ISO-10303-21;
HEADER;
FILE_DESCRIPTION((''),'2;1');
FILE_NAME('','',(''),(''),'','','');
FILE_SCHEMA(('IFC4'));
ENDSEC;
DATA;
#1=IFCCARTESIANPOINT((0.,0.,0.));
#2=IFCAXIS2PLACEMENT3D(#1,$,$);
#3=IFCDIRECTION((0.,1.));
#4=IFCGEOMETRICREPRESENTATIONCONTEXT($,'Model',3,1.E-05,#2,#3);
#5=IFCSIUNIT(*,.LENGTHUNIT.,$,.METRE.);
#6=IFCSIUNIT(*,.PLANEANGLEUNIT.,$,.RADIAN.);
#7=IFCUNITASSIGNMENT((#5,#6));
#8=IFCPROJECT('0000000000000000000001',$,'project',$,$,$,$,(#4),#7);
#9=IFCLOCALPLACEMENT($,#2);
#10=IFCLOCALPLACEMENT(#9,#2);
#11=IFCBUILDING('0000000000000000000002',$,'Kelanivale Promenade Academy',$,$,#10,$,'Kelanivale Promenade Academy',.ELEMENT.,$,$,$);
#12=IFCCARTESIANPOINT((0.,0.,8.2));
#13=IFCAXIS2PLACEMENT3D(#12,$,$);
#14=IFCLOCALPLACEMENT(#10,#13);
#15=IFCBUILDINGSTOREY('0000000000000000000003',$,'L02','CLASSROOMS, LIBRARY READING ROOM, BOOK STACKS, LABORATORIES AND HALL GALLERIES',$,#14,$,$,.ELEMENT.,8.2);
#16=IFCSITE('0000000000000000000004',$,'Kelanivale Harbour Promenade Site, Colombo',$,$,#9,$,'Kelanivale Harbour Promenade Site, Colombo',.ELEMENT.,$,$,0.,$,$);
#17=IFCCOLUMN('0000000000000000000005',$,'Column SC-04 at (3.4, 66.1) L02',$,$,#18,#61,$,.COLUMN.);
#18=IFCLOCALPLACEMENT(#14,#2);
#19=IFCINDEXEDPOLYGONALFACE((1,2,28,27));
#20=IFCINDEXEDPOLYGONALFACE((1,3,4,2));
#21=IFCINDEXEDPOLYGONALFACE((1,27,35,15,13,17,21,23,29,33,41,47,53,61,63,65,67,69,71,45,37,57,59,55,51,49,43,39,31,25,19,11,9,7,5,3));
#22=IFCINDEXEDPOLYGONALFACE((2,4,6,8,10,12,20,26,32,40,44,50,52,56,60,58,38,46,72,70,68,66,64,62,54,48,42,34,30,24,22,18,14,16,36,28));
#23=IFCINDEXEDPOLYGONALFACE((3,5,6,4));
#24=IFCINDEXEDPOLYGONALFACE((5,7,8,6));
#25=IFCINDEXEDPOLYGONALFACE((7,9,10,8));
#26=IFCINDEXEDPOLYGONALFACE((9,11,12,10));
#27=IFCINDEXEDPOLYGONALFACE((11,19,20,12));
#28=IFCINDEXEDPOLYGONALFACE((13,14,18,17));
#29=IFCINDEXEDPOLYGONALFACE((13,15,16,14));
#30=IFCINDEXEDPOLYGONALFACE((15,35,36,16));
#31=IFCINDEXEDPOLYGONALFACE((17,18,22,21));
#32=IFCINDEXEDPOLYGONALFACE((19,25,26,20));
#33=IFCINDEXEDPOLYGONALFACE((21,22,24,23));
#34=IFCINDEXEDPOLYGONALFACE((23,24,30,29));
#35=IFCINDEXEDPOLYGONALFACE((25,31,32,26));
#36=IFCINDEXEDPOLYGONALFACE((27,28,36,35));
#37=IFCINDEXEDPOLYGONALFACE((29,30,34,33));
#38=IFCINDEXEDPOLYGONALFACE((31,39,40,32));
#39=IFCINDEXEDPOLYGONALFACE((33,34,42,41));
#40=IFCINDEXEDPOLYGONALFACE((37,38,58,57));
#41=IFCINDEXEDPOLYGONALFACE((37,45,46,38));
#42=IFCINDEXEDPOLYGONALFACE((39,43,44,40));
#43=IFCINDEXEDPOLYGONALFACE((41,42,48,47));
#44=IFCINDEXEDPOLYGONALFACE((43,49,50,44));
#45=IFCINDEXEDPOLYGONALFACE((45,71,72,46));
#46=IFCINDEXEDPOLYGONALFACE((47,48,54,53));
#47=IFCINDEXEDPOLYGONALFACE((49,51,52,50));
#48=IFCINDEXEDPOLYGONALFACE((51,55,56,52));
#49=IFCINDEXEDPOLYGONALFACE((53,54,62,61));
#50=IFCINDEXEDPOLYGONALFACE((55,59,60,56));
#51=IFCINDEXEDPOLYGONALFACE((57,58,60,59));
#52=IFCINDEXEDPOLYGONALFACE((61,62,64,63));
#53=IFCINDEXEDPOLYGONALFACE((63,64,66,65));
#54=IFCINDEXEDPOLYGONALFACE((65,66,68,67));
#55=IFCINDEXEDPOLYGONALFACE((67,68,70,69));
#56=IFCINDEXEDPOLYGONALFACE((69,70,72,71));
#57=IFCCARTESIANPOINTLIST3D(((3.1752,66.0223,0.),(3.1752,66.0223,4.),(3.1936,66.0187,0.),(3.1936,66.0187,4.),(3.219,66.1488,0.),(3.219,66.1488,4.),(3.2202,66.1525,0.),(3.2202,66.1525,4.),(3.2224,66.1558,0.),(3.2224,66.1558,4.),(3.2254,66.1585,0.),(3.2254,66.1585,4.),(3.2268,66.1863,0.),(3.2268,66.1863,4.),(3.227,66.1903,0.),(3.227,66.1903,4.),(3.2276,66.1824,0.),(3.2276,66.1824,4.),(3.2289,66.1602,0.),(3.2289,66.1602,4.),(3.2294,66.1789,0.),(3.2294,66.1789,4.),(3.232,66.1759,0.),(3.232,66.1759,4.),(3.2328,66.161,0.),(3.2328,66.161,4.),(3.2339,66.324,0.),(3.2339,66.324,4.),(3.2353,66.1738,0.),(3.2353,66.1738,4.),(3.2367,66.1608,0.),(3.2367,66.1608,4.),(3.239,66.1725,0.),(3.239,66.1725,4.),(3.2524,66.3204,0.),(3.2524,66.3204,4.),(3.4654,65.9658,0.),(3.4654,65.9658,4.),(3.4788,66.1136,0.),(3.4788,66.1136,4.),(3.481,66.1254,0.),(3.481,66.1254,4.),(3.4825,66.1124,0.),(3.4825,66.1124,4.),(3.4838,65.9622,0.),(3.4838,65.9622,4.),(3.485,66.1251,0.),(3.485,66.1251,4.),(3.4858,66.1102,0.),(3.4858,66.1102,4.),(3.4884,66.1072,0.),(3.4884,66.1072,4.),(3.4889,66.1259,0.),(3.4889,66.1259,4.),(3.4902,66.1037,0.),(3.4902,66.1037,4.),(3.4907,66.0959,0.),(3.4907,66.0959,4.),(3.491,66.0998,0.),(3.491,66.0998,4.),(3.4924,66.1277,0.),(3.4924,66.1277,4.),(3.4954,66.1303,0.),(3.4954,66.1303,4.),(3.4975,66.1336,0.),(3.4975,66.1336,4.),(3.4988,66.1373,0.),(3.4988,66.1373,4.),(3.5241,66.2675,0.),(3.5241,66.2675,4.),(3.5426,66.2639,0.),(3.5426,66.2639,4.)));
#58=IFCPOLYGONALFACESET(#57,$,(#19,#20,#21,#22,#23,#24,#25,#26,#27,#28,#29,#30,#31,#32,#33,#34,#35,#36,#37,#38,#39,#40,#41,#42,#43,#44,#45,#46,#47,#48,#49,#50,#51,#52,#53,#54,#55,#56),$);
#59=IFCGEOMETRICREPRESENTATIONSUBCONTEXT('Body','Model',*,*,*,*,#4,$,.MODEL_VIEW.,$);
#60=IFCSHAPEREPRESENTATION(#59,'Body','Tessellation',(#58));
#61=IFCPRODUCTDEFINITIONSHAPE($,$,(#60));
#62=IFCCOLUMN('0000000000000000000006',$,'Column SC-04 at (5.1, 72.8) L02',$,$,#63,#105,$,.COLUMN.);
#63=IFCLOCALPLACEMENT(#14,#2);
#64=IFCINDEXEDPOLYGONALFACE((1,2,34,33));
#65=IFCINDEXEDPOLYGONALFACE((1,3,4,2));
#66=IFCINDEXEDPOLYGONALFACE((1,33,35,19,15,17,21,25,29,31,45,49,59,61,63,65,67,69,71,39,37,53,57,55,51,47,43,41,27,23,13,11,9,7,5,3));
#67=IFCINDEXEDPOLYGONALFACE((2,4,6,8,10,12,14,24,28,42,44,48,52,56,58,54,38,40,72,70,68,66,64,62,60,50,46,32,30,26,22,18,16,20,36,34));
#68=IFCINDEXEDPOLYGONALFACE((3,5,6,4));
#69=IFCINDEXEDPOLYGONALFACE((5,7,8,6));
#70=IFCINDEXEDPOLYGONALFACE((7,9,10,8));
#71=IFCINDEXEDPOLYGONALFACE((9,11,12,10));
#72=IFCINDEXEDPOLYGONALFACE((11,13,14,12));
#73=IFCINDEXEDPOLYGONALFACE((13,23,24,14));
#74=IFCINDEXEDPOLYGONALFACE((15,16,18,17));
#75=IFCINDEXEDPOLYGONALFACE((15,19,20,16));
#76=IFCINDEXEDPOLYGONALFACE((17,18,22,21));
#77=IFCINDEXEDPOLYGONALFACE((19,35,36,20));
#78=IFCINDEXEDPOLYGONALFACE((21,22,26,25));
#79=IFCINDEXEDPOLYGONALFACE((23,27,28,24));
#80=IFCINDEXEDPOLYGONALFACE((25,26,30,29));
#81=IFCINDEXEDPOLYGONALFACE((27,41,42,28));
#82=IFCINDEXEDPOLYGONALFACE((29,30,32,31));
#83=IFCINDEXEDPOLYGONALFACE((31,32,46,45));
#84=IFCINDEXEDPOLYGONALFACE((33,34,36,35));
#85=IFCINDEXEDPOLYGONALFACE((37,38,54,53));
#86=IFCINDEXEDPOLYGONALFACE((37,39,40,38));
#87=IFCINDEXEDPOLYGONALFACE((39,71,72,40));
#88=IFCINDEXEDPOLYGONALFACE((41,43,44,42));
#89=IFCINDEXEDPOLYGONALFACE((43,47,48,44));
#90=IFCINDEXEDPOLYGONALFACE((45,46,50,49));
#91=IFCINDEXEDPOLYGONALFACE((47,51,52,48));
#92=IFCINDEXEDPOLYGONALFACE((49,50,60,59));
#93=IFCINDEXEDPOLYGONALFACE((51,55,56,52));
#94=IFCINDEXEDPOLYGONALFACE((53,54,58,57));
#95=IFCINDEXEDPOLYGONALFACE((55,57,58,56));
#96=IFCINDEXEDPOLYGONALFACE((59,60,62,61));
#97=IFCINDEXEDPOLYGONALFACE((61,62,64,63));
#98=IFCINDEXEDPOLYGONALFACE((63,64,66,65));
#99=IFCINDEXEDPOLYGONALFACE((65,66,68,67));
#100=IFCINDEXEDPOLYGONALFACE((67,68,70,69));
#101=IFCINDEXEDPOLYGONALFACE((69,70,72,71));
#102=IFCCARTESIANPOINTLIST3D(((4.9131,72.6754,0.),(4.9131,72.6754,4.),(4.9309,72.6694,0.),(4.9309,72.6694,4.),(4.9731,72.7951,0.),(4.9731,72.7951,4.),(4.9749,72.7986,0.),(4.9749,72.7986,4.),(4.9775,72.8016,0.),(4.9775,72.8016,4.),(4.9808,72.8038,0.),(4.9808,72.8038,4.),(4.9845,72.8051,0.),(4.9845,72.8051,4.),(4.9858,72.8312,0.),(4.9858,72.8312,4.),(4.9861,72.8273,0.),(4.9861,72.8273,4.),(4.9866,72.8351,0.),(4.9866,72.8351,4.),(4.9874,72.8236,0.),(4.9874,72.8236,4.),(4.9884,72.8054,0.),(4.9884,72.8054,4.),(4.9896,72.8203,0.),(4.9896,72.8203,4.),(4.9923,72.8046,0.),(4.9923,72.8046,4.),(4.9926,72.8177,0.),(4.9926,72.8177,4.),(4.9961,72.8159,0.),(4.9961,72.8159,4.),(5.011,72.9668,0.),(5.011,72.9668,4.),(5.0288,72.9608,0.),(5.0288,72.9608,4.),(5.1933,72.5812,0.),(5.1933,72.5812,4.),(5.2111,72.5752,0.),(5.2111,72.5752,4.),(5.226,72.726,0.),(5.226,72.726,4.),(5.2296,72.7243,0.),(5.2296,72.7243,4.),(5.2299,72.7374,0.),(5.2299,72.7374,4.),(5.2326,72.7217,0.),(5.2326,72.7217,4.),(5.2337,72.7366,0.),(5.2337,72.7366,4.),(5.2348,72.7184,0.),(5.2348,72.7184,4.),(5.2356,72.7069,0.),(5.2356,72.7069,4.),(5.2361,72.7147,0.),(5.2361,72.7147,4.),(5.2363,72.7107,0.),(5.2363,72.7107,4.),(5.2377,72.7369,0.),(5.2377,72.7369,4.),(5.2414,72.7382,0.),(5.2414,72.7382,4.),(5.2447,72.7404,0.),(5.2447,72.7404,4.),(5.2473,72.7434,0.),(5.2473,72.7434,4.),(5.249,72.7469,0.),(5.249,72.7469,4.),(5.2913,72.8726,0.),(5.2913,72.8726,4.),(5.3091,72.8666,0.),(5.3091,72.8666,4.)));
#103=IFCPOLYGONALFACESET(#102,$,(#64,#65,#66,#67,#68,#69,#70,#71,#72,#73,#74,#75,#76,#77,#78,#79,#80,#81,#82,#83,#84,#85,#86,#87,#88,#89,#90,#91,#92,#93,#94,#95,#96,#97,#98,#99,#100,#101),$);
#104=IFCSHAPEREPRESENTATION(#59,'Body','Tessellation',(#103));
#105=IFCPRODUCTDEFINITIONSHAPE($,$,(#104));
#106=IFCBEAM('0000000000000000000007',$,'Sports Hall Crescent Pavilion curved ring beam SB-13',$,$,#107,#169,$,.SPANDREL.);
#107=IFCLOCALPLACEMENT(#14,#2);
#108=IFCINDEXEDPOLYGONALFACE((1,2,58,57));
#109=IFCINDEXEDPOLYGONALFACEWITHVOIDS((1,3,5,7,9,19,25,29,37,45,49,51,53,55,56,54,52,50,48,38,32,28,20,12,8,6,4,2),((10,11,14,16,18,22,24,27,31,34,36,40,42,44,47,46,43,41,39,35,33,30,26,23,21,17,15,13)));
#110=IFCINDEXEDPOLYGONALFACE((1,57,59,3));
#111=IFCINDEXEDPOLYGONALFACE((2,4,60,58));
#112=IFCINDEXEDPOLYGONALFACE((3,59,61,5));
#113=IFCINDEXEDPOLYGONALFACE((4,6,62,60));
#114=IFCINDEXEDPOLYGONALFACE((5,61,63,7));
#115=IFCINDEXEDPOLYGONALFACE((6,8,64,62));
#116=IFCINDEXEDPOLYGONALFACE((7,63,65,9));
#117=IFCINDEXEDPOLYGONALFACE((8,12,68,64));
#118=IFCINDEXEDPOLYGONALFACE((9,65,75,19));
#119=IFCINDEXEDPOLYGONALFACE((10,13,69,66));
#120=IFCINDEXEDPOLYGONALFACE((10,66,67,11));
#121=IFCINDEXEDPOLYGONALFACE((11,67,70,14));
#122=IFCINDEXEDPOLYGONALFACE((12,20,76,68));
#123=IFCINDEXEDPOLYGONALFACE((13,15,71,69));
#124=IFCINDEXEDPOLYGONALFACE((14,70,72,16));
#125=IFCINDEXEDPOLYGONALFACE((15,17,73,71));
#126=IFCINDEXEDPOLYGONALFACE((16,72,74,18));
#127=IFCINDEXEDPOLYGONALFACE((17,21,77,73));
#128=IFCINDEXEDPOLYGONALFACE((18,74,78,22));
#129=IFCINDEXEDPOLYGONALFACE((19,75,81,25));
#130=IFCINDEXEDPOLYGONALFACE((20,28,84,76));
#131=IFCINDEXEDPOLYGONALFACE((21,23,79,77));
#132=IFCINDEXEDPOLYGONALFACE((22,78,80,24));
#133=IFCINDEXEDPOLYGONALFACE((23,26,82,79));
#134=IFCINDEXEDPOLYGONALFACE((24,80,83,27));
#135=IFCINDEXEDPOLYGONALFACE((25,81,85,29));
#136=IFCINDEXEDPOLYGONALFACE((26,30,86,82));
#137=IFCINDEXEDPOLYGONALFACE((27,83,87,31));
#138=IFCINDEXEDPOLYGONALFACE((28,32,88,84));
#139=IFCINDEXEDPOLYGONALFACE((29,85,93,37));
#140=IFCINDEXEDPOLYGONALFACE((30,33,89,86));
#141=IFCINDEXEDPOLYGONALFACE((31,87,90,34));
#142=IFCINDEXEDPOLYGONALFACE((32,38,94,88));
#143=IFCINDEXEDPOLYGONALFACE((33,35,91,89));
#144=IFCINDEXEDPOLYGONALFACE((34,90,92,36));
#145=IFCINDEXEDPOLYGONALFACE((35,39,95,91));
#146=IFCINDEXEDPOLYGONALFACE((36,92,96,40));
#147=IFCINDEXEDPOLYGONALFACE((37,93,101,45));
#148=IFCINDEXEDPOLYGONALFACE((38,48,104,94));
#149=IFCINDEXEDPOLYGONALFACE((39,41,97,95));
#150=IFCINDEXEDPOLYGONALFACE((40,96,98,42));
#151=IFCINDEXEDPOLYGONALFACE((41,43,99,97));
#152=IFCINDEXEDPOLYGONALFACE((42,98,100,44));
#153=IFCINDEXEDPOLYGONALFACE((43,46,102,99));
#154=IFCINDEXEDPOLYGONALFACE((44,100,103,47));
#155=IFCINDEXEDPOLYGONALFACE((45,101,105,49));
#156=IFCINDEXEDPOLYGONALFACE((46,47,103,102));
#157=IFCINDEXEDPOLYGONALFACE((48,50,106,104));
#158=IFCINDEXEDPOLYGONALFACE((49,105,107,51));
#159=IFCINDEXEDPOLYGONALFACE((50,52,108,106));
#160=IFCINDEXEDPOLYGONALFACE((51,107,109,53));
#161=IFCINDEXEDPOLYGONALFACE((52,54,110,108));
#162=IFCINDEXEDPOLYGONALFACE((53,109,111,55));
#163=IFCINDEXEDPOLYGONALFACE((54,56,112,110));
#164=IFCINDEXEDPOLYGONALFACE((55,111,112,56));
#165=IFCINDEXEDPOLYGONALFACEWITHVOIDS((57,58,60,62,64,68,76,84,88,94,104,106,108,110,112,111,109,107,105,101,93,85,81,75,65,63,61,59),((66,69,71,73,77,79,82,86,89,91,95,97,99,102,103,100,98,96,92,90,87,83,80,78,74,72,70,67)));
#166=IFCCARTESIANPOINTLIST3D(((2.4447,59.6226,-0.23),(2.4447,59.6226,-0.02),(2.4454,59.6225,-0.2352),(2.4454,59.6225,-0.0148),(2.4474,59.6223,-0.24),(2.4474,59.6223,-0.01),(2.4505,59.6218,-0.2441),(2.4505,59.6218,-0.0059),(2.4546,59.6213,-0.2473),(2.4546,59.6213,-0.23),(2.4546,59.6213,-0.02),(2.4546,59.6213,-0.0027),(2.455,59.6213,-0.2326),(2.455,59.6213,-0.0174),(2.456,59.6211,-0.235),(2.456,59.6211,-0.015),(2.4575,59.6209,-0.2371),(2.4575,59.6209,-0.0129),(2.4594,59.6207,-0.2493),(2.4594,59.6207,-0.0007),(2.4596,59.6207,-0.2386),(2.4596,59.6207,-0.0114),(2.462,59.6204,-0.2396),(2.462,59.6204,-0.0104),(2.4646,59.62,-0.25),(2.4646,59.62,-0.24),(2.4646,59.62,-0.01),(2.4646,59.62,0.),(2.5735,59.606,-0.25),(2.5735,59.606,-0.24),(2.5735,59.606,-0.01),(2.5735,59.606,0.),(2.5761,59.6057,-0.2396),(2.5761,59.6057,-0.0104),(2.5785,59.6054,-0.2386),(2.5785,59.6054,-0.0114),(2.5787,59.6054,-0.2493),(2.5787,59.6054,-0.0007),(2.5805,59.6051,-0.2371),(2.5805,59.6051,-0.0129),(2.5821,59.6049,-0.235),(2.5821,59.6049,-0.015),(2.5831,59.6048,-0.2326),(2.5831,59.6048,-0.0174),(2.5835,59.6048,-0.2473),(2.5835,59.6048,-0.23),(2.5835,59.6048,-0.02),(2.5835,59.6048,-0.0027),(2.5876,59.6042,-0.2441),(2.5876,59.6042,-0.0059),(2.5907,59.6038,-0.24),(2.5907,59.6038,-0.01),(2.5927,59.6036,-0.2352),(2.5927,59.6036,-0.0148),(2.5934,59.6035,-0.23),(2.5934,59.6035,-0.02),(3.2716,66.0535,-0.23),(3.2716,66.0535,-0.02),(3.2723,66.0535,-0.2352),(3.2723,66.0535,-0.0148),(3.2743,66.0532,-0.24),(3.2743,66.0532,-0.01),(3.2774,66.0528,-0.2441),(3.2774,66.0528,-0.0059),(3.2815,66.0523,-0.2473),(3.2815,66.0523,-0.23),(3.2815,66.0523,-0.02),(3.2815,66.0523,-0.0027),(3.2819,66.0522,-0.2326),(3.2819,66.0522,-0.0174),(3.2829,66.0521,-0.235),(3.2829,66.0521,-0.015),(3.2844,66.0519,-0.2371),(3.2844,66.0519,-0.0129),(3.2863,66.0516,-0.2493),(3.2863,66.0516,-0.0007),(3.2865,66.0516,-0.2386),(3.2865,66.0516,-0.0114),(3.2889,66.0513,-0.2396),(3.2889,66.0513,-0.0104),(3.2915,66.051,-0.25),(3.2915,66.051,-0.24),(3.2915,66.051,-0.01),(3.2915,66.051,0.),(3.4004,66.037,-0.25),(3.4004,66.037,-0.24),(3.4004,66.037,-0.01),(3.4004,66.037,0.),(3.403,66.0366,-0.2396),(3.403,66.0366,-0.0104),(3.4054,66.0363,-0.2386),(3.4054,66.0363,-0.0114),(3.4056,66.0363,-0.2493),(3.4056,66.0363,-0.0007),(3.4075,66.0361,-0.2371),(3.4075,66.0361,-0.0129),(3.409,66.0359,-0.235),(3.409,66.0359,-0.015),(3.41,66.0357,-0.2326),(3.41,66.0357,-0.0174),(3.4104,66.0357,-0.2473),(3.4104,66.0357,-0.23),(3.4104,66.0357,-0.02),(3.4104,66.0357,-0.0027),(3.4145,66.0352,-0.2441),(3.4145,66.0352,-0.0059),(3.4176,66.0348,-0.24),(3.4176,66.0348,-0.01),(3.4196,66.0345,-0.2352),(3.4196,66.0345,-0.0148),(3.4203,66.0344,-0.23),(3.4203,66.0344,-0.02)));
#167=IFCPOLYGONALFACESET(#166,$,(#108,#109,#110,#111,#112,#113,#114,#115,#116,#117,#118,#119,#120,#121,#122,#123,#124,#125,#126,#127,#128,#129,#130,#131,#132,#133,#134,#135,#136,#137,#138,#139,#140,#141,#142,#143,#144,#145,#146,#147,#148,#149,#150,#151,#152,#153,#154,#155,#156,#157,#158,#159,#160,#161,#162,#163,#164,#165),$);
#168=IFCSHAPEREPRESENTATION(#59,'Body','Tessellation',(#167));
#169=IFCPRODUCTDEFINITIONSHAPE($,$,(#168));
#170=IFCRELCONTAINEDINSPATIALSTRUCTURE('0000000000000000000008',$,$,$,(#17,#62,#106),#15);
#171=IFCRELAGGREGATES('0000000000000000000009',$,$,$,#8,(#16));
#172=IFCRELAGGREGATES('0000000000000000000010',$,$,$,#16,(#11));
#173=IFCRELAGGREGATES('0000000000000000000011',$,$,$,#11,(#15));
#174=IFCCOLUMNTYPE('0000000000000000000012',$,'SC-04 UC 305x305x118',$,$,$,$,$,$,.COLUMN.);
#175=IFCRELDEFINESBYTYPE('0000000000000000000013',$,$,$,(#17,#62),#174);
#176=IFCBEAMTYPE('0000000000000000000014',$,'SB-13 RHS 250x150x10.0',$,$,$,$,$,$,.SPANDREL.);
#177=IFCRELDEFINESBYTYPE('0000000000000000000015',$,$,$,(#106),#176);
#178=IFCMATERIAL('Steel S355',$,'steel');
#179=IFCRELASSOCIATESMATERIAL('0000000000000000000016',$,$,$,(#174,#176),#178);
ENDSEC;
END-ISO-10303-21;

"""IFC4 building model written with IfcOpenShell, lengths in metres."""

from ifc_helpers import new_model, si_unit, direction, frame, origin, origin_2d, place, context, subcontext, project, spatial, hollow_rectangle, i_section, extrude, material, material_profile, profile_set, type_object, element, save


model = new_model("IFC4")

# Units and contexts
model_context = context("Model", 3, precision=1e-05, world=origin(), true_north=direction((0.0, 1.0)))
body_context = subcontext(model_context, "Body", "Model", "MODEL_VIEW")
ifc_project = project(units=[si_unit("LENGTHUNIT", "METRE"), si_unit("PLANEANGLEUNIT", "RADIAN")], contexts=[model_context])

# Site, building, storey
site_placement = place(None, origin())
site = spatial("IfcSite", under=ifc_project, at=site_placement, Name="Kelanivale Harbour Promenade Site, Colombo", LongName="Kelanivale Harbour Promenade Site, Colombo", CompositionType="ELEMENT", RefElevation=0.0)
building_placement = place(site_placement, origin())
building = spatial("IfcBuilding", under=site, at=building_placement, Name="Kelanivale Promenade Academy", LongName="Kelanivale Promenade Academy", CompositionType="ELEMENT")
storey_placement = place(building_placement, frame((0.0, 0.0, 8.2)))
storey = spatial("IfcBuildingStorey", under=building, at=storey_placement, Name="L02", Description="CLASSROOMS, LIBRARY READING ROOM, BOOK STACKS, LABORATORIES AND HALL GALLERIES", CompositionType="ELEMENT", Elevation=8.2)

# Columns
ifc_material_1 = material(Name="Steel S355", Category="steel")
ifc_material_profile_1 = material_profile(ifc_material_1, i_section(OverallWidth=0.3074, OverallDepth=0.3145, WebThickness=0.012, FlangeThickness=0.0188, FilletRadius=0.0151, at=origin_2d()), Name="UC 305x305x118")
ifc_profile_set_1 = profile_set([ifc_material_profile_1], Name="Steel S355")
column_type_1 = type_object("IfcColumnType", Name="SC-04 UC 305x305x118", PredefinedType="COLUMN", material=ifc_profile_set_1)
for number, where, z_axis, x_axis, name in (
    (1, (3.3589, 66.1431, 0.0), (0.0, 0.0, 1.0), (0.191152, 0.981561, 0.0), "Column SC-04 at (3.4, 66.1) L02"),
    (2, (5.1111, 72.771, 0.0), (0.0, 0.0, 1.0), (0.318628, 0.94788, 0.0), "Column SC-04 at (5.1, 72.8) L02"),
):
    element("IfcColumn", number, at=place(storey_placement, frame(where, z_axis=z_axis, x_axis=x_axis)), inside=storey, type_object=column_type_1, Name=name, PredefinedType="COLUMN", context=body_context, shape_type="SweptSolid", body=[
        extrude(i_section(OverallWidth=0.3074, OverallDepth=0.3145, WebThickness=0.012, FlangeThickness=0.0188, FilletRadius=0.0151, at=origin_2d()), origin(), (0.0, 0.0, 1.0), 4.0),
    ])

# Beam
ifc_material_profile_2 = material_profile(ifc_material_1, hollow_rectangle(XDim=0.1499, YDim=0.25, WallThickness=0.01, InnerFilletRadius=0.01, OuterFilletRadius=0.02, at=origin_2d()), Name="RHS 250x150x10.0")
ifc_profile_set_2 = profile_set([ifc_material_profile_2], Name="Steel S355")
beam_type = type_object("IfcBeamType", Name="SB-13 RHS 250x150x10.0", PredefinedType="SPANDREL", material=ifc_profile_set_2)
beam_1_placement = place(storey_placement, frame((2.519, 59.613, -0.125), z_axis=(0.127533, 0.991834, 0.0), x_axis=(-0.991834, 0.127533, 0.0)))
element("IfcBeam", 3, at=beam_1_placement, inside=storey, type_object=beam_type, Name="Sports Hall Crescent Pavilion curved ring beam SB-13", PredefinedType="SPANDREL", context=body_context, shape_type="SweptSolid", body=[
    extrude(hollow_rectangle(XDim=0.1499, YDim=0.25, WallThickness=0.01, InnerFilletRadius=0.01, OuterFilletRadius=0.02, at=origin_2d()), origin(), (0.0, 0.0, 1.0), 6.4839),
])

save(model, "model.ifc")
